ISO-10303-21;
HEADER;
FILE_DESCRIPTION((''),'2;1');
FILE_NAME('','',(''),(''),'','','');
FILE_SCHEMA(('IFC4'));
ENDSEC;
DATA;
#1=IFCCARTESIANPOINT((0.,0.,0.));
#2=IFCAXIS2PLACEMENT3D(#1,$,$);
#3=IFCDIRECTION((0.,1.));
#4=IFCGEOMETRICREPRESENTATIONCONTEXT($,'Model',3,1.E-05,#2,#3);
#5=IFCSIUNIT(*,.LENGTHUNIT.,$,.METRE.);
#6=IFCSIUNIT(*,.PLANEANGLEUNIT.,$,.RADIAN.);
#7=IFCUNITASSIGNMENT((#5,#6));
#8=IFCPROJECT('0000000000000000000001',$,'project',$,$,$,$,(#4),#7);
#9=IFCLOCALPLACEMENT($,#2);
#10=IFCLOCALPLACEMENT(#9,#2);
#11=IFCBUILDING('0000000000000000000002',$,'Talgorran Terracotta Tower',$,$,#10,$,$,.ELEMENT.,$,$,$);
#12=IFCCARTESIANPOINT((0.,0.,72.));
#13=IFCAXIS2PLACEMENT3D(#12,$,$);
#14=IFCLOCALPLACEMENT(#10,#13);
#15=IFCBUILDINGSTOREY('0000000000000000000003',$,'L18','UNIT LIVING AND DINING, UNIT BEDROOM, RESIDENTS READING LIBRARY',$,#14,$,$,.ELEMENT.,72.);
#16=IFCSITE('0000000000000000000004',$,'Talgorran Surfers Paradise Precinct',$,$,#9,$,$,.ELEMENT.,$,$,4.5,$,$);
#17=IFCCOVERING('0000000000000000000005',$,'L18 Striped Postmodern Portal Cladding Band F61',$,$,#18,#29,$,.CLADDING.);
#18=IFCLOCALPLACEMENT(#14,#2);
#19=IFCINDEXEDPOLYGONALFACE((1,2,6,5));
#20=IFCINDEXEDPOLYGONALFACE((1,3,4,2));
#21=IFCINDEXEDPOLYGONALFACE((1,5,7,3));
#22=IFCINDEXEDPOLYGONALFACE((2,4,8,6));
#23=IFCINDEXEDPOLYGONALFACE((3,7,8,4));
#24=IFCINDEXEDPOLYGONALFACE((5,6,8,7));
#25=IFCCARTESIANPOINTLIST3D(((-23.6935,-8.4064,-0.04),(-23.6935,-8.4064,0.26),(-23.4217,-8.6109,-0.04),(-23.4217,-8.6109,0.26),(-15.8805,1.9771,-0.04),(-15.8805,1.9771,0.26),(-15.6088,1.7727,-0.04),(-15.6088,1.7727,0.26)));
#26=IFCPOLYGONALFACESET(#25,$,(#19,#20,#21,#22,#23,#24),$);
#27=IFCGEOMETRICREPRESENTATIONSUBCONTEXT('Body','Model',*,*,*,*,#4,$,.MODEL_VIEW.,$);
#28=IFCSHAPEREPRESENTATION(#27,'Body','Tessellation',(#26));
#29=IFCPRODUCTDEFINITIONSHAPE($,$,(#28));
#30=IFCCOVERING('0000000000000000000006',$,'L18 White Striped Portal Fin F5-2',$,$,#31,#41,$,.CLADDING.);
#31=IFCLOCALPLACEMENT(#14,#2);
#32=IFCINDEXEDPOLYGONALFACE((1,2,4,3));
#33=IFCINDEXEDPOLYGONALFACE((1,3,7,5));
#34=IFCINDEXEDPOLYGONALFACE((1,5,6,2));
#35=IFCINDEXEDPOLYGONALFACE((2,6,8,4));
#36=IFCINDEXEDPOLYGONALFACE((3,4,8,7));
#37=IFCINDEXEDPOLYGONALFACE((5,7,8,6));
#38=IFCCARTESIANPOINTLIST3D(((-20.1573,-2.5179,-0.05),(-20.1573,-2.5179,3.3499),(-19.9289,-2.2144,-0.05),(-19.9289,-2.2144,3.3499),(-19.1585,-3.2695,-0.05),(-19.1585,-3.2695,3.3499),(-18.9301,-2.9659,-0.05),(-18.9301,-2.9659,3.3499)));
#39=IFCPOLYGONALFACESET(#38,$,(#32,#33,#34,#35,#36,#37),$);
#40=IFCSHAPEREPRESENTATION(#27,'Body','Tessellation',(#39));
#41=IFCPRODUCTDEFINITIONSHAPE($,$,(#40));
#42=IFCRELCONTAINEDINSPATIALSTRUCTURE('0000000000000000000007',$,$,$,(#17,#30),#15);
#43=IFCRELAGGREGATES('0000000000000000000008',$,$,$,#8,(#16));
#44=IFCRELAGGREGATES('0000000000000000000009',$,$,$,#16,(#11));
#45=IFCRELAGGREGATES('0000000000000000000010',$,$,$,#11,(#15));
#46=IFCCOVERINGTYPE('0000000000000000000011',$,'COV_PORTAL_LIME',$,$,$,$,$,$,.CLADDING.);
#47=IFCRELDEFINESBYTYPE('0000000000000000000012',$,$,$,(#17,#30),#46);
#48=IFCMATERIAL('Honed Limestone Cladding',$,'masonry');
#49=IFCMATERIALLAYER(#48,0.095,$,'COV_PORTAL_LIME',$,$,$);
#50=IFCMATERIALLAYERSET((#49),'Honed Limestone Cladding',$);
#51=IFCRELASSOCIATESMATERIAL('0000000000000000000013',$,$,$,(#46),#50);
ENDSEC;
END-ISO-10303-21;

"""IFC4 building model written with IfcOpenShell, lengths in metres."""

from ifc_helpers import new_model, si_unit, direction, frame, origin, origin_2d, place, context, subcontext, project, spatial, rectangle, extrude, material, layer, layer_set, type_object, element, save


model = new_model("IFC4")

# Units and contexts
model_context = context("Model", 3, precision=1e-05, world=origin(), true_north=direction((0.0, 1.0)))
body_context = subcontext(model_context, "Body", "Model", "MODEL_VIEW")
ifc_project = project(units=[si_unit("LENGTHUNIT", "METRE"), si_unit("PLANEANGLEUNIT", "RADIAN")], contexts=[model_context])

# Site, building, storey
site_placement = place(None, origin())
site = spatial("IfcSite", under=ifc_project, at=site_placement, Name="Talgorran Surfers Paradise Precinct", CompositionType="ELEMENT", RefElevation=4.5)
building_placement = place(site_placement, origin())
building = spatial("IfcBuilding", under=site, at=building_placement, Name="Talgorran Terracotta Tower", CompositionType="ELEMENT")
storey_placement = place(building_placement, frame((0.0, 0.0, 72.0)))
storey = spatial("IfcBuildingStorey", under=building, at=storey_placement, Name="L18", Description="UNIT LIVING AND DINING, UNIT BEDROOM, RESIDENTS READING LIBRARY", CompositionType="ELEMENT", Elevation=72.0)

# Coverings
ifc_material_1 = material(Name="Honed Limestone Cladding", Category="masonry")
ifc_layer_1 = layer(ifc_material_1, 0.095, Name="COV_PORTAL_LIME")
ifc_layer_set_1 = layer_set([ifc_layer_1], Name="Honed Limestone Cladding")
covering_type_1 = type_object("IfcCoveringType", Name="COV_PORTAL_LIME", PredefinedType="CLADDING", material=ifc_layer_set_1)
covering_1_placement = place(storey_placement, frame((-19.6511, -3.3169, -0.04), z_axis=(0.0, 0.0, 1.0), x_axis=(-0.601243, -0.799066, 0.0)))
element("IfcCovering", 1, at=covering_1_placement, inside=storey, type_object=covering_type_1, Name="L18 Striped Postmodern Portal Cladding Band F61", PredefinedType="CLADDING", context=body_context, shape_type="SweptSolid", body=[
    extrude(rectangle(XDim=12.9946, YDim=0.3401, at=origin_2d()), origin(), (0.0, 0.0, 1.0), 0.3),
])
covering_2_placement = place(storey_placement, frame((-19.5437, -2.7419, -0.05), z_axis=(0.0, 0.0, 1.0), x_axis=(-0.601243, -0.799066, 0.0)))
element("IfcCovering", 2, at=covering_2_placement, inside=storey, type_object=covering_type_1, Name="L18 White Striped Portal Fin F5-2", PredefinedType="CLADDING", context=body_context, shape_type="SweptSolid", body=[
    extrude(rectangle(XDim=0.3799, YDim=1.25, at=origin_2d()), origin(), (0.0, 0.0, 1.0), 3.3999),
])

save(model, "model.ifc")
